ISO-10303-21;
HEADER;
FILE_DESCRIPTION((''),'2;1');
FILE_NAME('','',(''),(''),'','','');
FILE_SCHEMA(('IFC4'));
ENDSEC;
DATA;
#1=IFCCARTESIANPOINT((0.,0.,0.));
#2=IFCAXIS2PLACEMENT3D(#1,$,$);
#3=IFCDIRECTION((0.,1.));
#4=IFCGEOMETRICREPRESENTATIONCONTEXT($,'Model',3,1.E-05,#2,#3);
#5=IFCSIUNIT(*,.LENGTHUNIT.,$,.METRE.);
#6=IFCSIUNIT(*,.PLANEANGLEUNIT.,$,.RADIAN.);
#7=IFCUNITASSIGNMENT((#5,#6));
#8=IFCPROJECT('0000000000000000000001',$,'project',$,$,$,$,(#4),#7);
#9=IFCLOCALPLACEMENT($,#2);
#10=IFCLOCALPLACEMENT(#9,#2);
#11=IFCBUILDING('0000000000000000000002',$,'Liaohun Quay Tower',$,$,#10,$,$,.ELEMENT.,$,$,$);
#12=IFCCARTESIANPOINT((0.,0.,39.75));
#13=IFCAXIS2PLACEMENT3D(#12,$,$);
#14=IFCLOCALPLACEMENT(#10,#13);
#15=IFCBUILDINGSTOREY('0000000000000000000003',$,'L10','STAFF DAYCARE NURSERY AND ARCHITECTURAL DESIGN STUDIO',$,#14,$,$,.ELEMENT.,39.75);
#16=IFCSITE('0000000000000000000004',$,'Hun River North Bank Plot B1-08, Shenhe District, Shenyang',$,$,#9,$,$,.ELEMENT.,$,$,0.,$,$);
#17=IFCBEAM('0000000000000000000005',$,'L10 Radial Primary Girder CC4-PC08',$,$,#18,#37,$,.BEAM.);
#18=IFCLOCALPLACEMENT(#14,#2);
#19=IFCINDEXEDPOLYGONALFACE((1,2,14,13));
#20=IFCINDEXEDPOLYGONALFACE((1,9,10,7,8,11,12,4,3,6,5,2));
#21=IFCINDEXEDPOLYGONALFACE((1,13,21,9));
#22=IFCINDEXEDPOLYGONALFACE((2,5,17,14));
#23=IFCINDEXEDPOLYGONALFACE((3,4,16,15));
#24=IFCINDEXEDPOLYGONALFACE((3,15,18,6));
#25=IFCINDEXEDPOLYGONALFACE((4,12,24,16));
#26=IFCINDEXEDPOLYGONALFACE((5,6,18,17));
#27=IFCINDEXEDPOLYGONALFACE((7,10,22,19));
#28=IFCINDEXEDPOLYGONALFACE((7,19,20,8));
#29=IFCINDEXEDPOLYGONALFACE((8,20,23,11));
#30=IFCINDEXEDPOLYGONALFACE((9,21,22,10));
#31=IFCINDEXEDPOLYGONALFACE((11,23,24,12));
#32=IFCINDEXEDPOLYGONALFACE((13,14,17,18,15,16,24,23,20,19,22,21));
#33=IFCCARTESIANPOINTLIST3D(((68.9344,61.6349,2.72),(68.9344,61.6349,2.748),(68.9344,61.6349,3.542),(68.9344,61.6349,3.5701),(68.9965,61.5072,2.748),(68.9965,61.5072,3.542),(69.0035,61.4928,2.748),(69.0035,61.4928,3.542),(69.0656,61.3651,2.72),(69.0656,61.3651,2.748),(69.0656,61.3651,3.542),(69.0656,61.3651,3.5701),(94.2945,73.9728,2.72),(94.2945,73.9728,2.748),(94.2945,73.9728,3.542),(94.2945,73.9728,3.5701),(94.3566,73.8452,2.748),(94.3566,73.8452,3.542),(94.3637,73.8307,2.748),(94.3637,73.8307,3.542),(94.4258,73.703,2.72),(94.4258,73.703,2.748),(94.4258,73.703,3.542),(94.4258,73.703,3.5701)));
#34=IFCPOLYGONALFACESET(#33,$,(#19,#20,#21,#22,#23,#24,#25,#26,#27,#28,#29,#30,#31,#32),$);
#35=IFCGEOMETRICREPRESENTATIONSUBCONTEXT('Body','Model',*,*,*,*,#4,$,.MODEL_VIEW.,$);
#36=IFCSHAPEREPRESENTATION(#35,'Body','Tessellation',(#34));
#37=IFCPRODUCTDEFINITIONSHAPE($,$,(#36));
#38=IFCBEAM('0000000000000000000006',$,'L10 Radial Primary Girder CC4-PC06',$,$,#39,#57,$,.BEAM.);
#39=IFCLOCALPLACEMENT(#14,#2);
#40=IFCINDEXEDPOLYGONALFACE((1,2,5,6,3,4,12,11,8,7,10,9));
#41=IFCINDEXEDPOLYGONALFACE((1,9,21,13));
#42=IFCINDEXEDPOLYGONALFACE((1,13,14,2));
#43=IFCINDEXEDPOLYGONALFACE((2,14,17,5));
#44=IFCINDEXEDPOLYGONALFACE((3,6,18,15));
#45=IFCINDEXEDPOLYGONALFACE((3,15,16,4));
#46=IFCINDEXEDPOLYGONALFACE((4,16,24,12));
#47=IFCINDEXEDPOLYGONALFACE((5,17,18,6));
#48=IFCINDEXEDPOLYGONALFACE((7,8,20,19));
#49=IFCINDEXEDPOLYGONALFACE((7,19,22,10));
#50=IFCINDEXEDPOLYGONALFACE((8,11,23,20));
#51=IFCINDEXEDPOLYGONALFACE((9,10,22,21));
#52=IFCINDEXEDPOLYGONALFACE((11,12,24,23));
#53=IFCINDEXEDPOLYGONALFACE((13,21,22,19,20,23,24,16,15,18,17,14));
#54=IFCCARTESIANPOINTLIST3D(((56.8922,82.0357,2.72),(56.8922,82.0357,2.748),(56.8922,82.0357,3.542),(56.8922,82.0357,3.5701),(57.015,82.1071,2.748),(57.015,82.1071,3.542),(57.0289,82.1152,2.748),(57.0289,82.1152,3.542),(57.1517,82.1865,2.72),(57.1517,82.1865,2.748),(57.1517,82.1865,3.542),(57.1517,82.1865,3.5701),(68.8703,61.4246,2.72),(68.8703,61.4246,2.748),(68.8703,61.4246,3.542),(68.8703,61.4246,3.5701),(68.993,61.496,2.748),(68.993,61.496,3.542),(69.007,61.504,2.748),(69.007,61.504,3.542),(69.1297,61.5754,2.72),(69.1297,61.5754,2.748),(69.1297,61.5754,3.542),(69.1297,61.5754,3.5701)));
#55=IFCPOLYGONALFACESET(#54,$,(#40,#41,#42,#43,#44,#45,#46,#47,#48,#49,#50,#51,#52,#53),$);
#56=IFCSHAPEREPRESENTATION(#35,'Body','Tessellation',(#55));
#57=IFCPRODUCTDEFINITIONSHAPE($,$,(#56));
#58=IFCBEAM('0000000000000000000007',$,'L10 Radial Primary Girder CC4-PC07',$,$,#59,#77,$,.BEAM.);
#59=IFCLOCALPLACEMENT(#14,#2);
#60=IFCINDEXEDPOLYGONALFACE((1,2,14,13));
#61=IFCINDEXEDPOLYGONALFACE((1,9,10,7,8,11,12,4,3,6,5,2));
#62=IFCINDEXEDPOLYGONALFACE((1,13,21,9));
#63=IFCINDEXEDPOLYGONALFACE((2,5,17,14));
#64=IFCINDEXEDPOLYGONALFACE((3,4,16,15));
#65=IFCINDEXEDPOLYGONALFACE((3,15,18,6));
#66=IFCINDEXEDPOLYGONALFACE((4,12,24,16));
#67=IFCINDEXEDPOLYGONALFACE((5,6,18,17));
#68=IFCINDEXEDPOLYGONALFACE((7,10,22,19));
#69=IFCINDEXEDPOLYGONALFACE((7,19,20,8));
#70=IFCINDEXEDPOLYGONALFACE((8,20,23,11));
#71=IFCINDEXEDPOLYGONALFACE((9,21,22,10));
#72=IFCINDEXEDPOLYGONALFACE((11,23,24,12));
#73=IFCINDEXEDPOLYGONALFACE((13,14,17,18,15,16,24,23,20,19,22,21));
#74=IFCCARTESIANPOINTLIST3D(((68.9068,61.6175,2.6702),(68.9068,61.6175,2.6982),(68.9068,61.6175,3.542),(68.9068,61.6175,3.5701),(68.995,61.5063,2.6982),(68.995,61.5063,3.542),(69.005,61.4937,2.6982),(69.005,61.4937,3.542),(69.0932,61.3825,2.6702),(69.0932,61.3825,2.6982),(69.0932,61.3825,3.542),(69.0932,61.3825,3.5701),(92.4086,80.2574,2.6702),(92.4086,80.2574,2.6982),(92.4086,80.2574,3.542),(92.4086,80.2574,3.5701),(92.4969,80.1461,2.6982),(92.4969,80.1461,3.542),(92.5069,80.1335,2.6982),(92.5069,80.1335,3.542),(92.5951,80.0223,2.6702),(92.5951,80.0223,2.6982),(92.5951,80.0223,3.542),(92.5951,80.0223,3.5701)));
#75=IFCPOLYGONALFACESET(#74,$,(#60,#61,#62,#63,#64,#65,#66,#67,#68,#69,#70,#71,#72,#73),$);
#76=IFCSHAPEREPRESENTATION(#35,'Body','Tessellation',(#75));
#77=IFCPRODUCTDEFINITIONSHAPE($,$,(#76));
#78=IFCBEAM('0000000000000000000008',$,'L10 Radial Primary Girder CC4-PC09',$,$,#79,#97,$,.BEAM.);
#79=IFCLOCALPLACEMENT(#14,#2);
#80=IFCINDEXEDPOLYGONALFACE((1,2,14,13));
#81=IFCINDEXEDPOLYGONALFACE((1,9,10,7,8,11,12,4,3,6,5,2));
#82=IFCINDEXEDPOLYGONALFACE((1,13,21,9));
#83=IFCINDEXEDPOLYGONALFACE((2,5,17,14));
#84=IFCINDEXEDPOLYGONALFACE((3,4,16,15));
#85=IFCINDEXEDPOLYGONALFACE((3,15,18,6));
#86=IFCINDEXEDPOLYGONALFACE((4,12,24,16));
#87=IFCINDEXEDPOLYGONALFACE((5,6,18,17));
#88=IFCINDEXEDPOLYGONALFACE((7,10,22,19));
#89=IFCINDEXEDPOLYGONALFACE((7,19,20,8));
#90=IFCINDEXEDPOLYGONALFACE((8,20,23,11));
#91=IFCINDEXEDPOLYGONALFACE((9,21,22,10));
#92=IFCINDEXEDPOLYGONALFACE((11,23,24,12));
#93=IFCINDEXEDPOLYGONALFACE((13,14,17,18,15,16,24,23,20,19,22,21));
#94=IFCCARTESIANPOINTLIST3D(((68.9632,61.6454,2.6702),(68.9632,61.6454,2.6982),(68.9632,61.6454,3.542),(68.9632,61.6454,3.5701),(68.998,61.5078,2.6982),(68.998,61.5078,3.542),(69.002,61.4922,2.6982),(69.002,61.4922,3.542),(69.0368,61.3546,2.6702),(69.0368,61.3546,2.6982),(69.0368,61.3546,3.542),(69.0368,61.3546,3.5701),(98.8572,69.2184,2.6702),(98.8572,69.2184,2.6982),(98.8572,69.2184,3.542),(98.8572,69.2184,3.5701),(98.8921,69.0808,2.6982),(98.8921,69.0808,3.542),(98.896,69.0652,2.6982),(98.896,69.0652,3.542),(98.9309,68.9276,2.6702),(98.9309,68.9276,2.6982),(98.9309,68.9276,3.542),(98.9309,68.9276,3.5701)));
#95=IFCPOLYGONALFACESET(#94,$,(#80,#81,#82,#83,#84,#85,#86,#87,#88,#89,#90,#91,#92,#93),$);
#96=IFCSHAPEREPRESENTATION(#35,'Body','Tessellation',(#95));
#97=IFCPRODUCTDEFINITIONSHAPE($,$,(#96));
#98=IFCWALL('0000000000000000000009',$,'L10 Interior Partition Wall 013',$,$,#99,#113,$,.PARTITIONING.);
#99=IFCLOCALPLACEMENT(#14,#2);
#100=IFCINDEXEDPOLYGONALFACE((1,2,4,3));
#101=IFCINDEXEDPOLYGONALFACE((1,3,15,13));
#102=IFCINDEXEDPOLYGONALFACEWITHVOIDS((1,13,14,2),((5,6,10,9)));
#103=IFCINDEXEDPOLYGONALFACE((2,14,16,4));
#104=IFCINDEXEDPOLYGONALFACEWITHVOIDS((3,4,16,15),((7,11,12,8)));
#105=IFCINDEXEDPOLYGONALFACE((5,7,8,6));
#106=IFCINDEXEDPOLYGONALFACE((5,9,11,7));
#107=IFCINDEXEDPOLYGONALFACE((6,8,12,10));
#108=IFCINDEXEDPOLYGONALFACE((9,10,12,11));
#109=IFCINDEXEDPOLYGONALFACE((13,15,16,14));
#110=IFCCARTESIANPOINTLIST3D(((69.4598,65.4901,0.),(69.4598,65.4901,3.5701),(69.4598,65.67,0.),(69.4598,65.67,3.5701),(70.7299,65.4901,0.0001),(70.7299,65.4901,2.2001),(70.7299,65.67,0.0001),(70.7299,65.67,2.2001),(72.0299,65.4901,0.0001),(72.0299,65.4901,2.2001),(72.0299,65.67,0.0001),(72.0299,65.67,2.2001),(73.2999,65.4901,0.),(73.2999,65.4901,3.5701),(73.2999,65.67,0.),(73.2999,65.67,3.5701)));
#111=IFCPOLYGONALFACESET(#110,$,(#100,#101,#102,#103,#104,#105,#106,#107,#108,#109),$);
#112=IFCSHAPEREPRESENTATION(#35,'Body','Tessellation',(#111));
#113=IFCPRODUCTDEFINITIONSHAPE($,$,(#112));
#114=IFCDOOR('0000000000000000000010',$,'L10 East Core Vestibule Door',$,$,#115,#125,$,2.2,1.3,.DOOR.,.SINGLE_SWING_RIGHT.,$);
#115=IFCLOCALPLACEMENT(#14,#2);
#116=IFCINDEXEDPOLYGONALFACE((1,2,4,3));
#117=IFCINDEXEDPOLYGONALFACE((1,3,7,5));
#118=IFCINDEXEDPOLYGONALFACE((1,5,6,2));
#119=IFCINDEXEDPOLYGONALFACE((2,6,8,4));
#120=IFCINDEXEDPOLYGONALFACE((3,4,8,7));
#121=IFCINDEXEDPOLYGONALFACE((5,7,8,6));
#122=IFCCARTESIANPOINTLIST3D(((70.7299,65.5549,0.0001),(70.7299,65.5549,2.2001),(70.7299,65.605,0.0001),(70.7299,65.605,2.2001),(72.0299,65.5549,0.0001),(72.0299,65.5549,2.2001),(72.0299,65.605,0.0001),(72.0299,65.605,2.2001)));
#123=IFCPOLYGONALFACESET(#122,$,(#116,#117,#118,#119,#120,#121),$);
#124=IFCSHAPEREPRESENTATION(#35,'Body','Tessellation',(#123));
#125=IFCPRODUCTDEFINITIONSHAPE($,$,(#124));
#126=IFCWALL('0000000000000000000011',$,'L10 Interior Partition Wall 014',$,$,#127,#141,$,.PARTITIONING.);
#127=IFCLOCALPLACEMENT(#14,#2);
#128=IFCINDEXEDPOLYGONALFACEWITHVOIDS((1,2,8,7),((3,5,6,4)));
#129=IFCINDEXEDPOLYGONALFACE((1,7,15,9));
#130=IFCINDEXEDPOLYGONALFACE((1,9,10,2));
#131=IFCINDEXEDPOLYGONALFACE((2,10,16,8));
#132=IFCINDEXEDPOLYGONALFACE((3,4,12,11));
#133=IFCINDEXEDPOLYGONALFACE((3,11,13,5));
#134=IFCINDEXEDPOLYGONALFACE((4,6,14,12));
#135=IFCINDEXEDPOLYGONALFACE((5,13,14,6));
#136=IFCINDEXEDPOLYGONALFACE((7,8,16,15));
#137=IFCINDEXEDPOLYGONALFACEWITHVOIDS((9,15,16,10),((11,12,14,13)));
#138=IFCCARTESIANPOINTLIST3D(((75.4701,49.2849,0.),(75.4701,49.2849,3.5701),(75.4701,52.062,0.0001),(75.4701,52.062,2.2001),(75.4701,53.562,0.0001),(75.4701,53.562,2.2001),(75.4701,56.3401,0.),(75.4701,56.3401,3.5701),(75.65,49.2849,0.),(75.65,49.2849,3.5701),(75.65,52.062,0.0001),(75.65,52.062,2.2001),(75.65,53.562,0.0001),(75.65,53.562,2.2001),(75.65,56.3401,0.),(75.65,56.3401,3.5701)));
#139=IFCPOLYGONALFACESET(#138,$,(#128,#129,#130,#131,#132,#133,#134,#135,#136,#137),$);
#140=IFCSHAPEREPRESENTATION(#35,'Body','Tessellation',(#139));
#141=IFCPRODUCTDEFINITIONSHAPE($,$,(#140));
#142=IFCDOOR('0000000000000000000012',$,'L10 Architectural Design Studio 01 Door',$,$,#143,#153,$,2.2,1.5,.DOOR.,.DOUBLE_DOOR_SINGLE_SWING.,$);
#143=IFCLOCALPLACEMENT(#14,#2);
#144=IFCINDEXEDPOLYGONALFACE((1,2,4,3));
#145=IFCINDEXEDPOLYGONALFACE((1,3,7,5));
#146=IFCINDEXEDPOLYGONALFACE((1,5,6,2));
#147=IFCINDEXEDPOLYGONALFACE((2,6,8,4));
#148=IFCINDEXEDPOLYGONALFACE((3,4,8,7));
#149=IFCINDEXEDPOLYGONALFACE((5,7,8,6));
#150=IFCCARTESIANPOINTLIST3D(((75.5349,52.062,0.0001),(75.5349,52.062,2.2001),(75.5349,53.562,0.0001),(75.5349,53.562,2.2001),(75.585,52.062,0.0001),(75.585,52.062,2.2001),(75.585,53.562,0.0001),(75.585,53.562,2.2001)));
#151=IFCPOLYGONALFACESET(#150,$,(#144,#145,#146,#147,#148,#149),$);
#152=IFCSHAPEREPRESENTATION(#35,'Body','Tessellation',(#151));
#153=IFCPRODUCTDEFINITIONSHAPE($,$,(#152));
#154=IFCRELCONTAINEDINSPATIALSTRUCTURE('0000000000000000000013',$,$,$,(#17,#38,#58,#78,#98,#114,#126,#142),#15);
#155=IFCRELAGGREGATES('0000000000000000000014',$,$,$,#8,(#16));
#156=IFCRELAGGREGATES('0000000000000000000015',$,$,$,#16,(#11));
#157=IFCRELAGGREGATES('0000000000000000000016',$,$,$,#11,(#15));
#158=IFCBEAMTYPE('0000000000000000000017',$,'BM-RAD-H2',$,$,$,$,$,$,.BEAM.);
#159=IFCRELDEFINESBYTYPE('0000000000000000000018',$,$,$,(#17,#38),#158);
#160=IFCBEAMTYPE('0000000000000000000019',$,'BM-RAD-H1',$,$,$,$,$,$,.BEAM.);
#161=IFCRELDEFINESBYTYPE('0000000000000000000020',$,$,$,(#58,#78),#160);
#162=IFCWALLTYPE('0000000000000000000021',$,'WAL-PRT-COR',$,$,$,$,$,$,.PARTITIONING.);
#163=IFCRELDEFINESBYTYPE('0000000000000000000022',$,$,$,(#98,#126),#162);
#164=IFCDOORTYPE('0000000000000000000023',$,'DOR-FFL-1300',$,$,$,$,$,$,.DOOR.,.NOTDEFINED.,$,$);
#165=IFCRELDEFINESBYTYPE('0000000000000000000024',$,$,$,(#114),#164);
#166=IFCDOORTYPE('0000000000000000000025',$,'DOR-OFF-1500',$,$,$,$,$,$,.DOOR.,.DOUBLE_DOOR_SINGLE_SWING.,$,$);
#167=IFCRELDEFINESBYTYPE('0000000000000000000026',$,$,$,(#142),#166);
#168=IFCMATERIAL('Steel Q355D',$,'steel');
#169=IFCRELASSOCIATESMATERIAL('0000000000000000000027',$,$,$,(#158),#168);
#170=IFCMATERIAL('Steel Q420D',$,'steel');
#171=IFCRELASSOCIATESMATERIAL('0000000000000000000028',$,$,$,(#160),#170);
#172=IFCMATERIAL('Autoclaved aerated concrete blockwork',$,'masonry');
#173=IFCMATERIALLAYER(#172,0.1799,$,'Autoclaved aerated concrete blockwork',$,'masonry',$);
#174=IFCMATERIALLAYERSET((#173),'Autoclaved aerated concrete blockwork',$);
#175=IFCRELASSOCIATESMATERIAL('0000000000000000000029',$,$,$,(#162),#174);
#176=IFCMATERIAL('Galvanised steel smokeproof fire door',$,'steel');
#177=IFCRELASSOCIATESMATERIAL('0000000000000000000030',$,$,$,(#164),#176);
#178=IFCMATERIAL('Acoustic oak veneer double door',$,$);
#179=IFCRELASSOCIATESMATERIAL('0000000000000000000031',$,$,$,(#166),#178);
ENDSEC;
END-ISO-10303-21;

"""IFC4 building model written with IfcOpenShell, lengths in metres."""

from ifc_helpers import new_model, si_unit, direction, frame, frame_2d, origin, origin_2d, place, context, subcontext, project, spatial, rectangle, i_section, extrude, source, transform, mapped, material, layer, layer_set, material_profile, profile_set, type_object, element, fill, save


model = new_model("IFC4")

# Units and contexts
model_context = context("Model", 3, precision=1e-05, world=origin(), true_north=direction((0.0, 1.0)))
body_context = subcontext(model_context, "Body", "Model", "MODEL_VIEW")
ifc_project = project(units=[si_unit("LENGTHUNIT", "METRE"), si_unit("PLANEANGLEUNIT", "RADIAN")], contexts=[model_context])

# Site, building, storey
site_placement = place(None, origin())
site = spatial("IfcSite", under=ifc_project, at=site_placement, Name="Hun River North Bank Plot B1-08, Shenhe District, Shenyang", CompositionType="ELEMENT", RefElevation=0.0)
building_placement = place(site_placement, origin())
building = spatial("IfcBuilding", under=site, at=building_placement, Name="Liaohun Quay Tower", CompositionType="ELEMENT")
storey_placement = place(building_placement, frame((0.0, 0.0, 39.75)))
storey = spatial("IfcBuildingStorey", under=building, at=storey_placement, Name="L10", Description="STAFF DAYCARE NURSERY AND ARCHITECTURAL DESIGN STUDIO", CompositionType="ELEMENT", Elevation=39.75)

# Beams
ifc_material_1 = material(Name="Steel Q355D", Category="steel")
ifc_material_profile_1 = material_profile(ifc_material_1, i_section(OverallWidth=0.3, OverallDepth=0.8501, WebThickness=0.0161, FlangeThickness=0.0281, at=origin_2d()), Name="HN850x300x16x28")
ifc_profile_set_1 = profile_set([ifc_material_profile_1], Name="Steel Q355D")
beam_type_1 = type_object("IfcBeamType", Name="BM-RAD-H2", PredefinedType="BEAM", material=ifc_profile_set_1)
shared_shape_1 = source(origin(), body_context, "Body", "SweptSolid", [
    extrude(i_section(OverallWidth=0.3, OverallDepth=0.8501, WebThickness=0.0161, FlangeThickness=0.0281, at=origin_2d()), origin(), (0.0, 0.0, 1.0), 28.2021),
])
beam_1_placement = place(storey_placement, frame((69.0, 61.5, 3.145), z_axis=(0.899228, 0.437481, 0.0), x_axis=(-0.437481, 0.899228, 0.0)))
element("IfcBeam", 1, at=beam_1_placement, inside=storey, type_object=beam_type_1, Name="L10 Radial Primary Girder CC4-PC08", PredefinedType="BEAM", context=body_context, shape_type="MappedRepresentation", body=[
    mapped(shared_shape_1, transform((0.0, 0.0, 0.0), x_axis=(1.0, 0.0, 0.0), y_axis=(0.0, 1.0, 0.0), z_axis=(0.0, 0.0, 1.0), scale=1.0)),
])
shared_shape_2 = source(origin(), body_context, "Body", "SweptSolid", [
    extrude(i_section(OverallWidth=0.3, OverallDepth=0.8501, WebThickness=0.0161, FlangeThickness=0.0281, at=origin_2d()), origin(), (0.0, 0.0, 1.0), 23.8389),
])
beam_2_placement = place(storey_placement, frame((69.0, 61.5, 3.145), z_axis=(-0.502459, 0.864601, 0.0), x_axis=(-0.864601, -0.502459, 0.0)))
element("IfcBeam", 2, at=beam_2_placement, inside=storey, type_object=beam_type_1, Name="L10 Radial Primary Girder CC4-PC06", PredefinedType="BEAM", context=body_context, shape_type="MappedRepresentation", body=[
    mapped(shared_shape_2, transform((0.0, 0.0, 0.0), x_axis=(1.0, 0.0, 0.0), y_axis=(0.0, 1.0, 0.0), z_axis=(0.0, 0.0, 1.0), scale=1.0)),
])
ifc_material_2 = material(Name="Steel Q420D", Category="steel")
ifc_material_profile_2 = material_profile(ifc_material_2, i_section(OverallWidth=0.3, OverallDepth=0.8999, WebThickness=0.0161, FlangeThickness=0.0281, at=origin_2d()), Name="HN900x300x16x28")
ifc_profile_set_2 = profile_set([ifc_material_profile_2], Name="Steel Q420D")
beam_type_2 = type_object("IfcBeamType", Name="BM-RAD-H1", PredefinedType="BEAM", material=ifc_profile_set_2)
shared_shape_3 = source(origin(), body_context, "Body", "SweptSolid", [
    extrude(i_section(OverallWidth=0.3, OverallDepth=0.8999, WebThickness=0.0161, FlangeThickness=0.0281, at=origin_2d()), origin(), (0.0, 0.0, 1.0), 29.9963),
])
beam_3_placement = place(storey_placement, frame((69.0, 61.5, 3.1201), z_axis=(0.783491, 0.621403, 0.0), x_axis=(-0.621403, 0.783491, 0.0)))
element("IfcBeam", 3, at=beam_3_placement, inside=storey, type_object=beam_type_2, Name="L10 Radial Primary Girder CC4-PC07", PredefinedType="BEAM", context=body_context, shape_type="MappedRepresentation", body=[
    mapped(shared_shape_3, transform((0.0, 0.0, 0.0), x_axis=(1.0, 0.0, 0.0), y_axis=(0.0, 1.0, 0.0), z_axis=(0.0, 0.0, 1.0), scale=1.0)),
])
shared_shape_4 = source(origin(), body_context, "Body", "SweptSolid", [
    extrude(i_section(OverallWidth=0.3, OverallDepth=0.8999, WebThickness=0.0161, FlangeThickness=0.0281, at=origin_2d()), origin(), (0.0, 0.0, 1.0), 30.8384),
])
beam_4_placement = place(storey_placement, frame((69.0, 61.5, 3.1201), z_axis=(0.969379, 0.245571, 0.0), x_axis=(-0.245571, 0.969379, 0.0)))
element("IfcBeam", 4, at=beam_4_placement, inside=storey, type_object=beam_type_2, Name="L10 Radial Primary Girder CC4-PC09", PredefinedType="BEAM", context=body_context, shape_type="MappedRepresentation", body=[
    mapped(shared_shape_4, transform((0.0, 0.0, 0.0), x_axis=(1.0, 0.0, 0.0), y_axis=(0.0, 1.0, 0.0), z_axis=(0.0, 0.0, 1.0), scale=1.0)),
])

# Walls, openings, doors
ifc_material_3 = material(Name="Autoclaved aerated concrete blockwork", Category="masonry")
ifc_layer_1 = layer(ifc_material_3, 0.1799, Name="Autoclaved aerated concrete blockwork", Category="masonry")
ifc_layer_set_1 = layer_set([ifc_layer_1], Name="Autoclaved aerated concrete blockwork")
wall_type_1 = type_object("IfcWallType", Name="WAL-PRT-COR", PredefinedType="PARTITIONING", material=ifc_layer_set_1)
wall_1_placement = place(storey_placement, frame((69.46, 65.5801, 0.0), z_axis=(0.0, 0.0, 1.0), x_axis=(1.0, 0.0, 0.0)))
wall_1 = element("IfcWall", 5, at=wall_1_placement, inside=storey, type_object=wall_type_1, Name="L10 Interior Partition Wall 013", PredefinedType="PARTITIONING", context=body_context, shape_type="SweptSolid", body=[
    extrude(rectangle(XDim=3.8401, YDim=0.1799, at=frame_2d((1.9199, 0.0))), origin(), (0.0, 0.0, 1.0), 3.5701),
])
shared_shape_5 = source(origin(), body_context, "Body", "SweptSolid", [
    extrude(rectangle(XDim=1.3, YDim=2.2, at=frame_2d((0.6499, 1.1001))), frame((0.0, 0.0999, 0.0), z_axis=(0.0, -1.0, 0.0), x_axis=(1.0, 0.0, 0.0)), (0.0, 0.0, 1.0), 0.2),
])
opening_1_placement = place(wall_1_placement, frame((1.27, 0.0, 0.0)))
opening_1 = element("IfcOpeningElement", 6, at=opening_1_placement, cuts=wall_1, PredefinedType="OPENING", context=body_context, shape_type="MappedRepresentation", body=[
    mapped(shared_shape_5, transform((0.0, 0.0, 0.0), x_axis=(1.0, 0.0, 0.0), y_axis=(0.0, 1.0, 0.0), z_axis=(0.0, 0.0, 1.0), scale=1.0)),
])
ifc_material_4 = material(Name="Galvanised steel smokeproof fire door", Category="steel")
door_type_1 = type_object("IfcDoorType", Name="DOR-FFL-1300", OperationType="NOTDEFINED", PredefinedType="DOOR", material=ifc_material_4)
shared_shape_6 = source(origin(), body_context, "Body", "SweptSolid", [
    extrude(rectangle(XDim=1.3, YDim=2.2, at=frame_2d((0.6499, 1.1001))), frame((0.0, 0.0249, 0.0), z_axis=(0.0, -1.0, 0.0), x_axis=(1.0, 0.0, 0.0)), (0.0, 0.0, 1.0), 0.05),
])
door_1_placement = place(opening_1_placement, origin())
door_1 = element("IfcDoor", 7, at=door_1_placement, inside=storey, type_object=door_type_1, Name="L10 East Core Vestibule Door", OperationType="SINGLE_SWING_RIGHT", OverallHeight=2.2, OverallWidth=1.3, PredefinedType="DOOR", context=body_context, shape_type="MappedRepresentation", body=[
    mapped(shared_shape_6, transform((0.0, 0.0, 0.0), x_axis=(1.0, 0.0, 0.0), y_axis=(0.0, 1.0, 0.0), z_axis=(0.0, 0.0, 1.0), scale=1.0)),
])
fill(opening_1, door_1)
wall_2_placement = place(storey_placement, frame((75.5601, 56.3401, 0.0), z_axis=(0.0, 0.0, 1.0), x_axis=(0.0, -1.0, 0.0)))
wall_2 = element("IfcWall", 8, at=wall_2_placement, inside=storey, type_object=wall_type_1, Name="L10 Interior Partition Wall 014", PredefinedType="PARTITIONING", context=body_context, shape_type="SweptSolid", body=[
    extrude(rectangle(XDim=7.0552, YDim=0.1799, at=frame_2d((3.5276, 0.0))), origin(), (0.0, 0.0, 1.0), 3.5701),
])
shared_shape_7 = source(origin(), body_context, "Body", "SweptSolid", [
    extrude(rectangle(XDim=1.5, YDim=2.2, at=frame_2d((0.75, 1.1001))), frame((0.0, 0.0999, 0.0), z_axis=(0.0, -1.0, 0.0), x_axis=(1.0, 0.0, 0.0)), (0.0, 0.0, 1.0), 0.2),
])
opening_2_placement = place(wall_2_placement, frame((2.7781, 0.0, 0.0)))
opening_2 = element("IfcOpeningElement", 9, at=opening_2_placement, cuts=wall_2, PredefinedType="OPENING", context=body_context, shape_type="MappedRepresentation", body=[
    mapped(shared_shape_7, transform((0.0, 0.0, 0.0), x_axis=(1.0, 0.0, 0.0), y_axis=(0.0, 1.0, 0.0), z_axis=(0.0, 0.0, 1.0), scale=1.0)),
])
ifc_material_5 = material(Name="Acoustic oak veneer double door")
door_type_2 = type_object("IfcDoorType", Name="DOR-OFF-1500", OperationType="DOUBLE_DOOR_SINGLE_SWING", PredefinedType="DOOR", material=ifc_material_5)
shared_shape_8 = source(origin(), body_context, "Body", "SweptSolid", [
    extrude(rectangle(XDim=1.5, YDim=2.2, at=frame_2d((0.75, 1.1001))), frame((0.0, 0.0249, 0.0), z_axis=(0.0, -1.0, 0.0), x_axis=(1.0, 0.0, 0.0)), (0.0, 0.0, 1.0), 0.05),
])
door_2_placement = place(opening_2_placement, origin())
door_2 = element("IfcDoor", 10, at=door_2_placement, inside=storey, type_object=door_type_2, Name="L10 Architectural Design Studio 01 Door", OperationType="DOUBLE_DOOR_SINGLE_SWING", OverallHeight=2.2, OverallWidth=1.5, PredefinedType="DOOR", context=body_context, shape_type="MappedRepresentation", body=[
    mapped(shared_shape_8, transform((0.0, 0.0, 0.0), x_axis=(1.0, 0.0, 0.0), y_axis=(0.0, 1.0, 0.0), z_axis=(0.0, 0.0, 1.0), scale=1.0)),
])
fill(opening_2, door_2)

save(model, "model.ifc")
